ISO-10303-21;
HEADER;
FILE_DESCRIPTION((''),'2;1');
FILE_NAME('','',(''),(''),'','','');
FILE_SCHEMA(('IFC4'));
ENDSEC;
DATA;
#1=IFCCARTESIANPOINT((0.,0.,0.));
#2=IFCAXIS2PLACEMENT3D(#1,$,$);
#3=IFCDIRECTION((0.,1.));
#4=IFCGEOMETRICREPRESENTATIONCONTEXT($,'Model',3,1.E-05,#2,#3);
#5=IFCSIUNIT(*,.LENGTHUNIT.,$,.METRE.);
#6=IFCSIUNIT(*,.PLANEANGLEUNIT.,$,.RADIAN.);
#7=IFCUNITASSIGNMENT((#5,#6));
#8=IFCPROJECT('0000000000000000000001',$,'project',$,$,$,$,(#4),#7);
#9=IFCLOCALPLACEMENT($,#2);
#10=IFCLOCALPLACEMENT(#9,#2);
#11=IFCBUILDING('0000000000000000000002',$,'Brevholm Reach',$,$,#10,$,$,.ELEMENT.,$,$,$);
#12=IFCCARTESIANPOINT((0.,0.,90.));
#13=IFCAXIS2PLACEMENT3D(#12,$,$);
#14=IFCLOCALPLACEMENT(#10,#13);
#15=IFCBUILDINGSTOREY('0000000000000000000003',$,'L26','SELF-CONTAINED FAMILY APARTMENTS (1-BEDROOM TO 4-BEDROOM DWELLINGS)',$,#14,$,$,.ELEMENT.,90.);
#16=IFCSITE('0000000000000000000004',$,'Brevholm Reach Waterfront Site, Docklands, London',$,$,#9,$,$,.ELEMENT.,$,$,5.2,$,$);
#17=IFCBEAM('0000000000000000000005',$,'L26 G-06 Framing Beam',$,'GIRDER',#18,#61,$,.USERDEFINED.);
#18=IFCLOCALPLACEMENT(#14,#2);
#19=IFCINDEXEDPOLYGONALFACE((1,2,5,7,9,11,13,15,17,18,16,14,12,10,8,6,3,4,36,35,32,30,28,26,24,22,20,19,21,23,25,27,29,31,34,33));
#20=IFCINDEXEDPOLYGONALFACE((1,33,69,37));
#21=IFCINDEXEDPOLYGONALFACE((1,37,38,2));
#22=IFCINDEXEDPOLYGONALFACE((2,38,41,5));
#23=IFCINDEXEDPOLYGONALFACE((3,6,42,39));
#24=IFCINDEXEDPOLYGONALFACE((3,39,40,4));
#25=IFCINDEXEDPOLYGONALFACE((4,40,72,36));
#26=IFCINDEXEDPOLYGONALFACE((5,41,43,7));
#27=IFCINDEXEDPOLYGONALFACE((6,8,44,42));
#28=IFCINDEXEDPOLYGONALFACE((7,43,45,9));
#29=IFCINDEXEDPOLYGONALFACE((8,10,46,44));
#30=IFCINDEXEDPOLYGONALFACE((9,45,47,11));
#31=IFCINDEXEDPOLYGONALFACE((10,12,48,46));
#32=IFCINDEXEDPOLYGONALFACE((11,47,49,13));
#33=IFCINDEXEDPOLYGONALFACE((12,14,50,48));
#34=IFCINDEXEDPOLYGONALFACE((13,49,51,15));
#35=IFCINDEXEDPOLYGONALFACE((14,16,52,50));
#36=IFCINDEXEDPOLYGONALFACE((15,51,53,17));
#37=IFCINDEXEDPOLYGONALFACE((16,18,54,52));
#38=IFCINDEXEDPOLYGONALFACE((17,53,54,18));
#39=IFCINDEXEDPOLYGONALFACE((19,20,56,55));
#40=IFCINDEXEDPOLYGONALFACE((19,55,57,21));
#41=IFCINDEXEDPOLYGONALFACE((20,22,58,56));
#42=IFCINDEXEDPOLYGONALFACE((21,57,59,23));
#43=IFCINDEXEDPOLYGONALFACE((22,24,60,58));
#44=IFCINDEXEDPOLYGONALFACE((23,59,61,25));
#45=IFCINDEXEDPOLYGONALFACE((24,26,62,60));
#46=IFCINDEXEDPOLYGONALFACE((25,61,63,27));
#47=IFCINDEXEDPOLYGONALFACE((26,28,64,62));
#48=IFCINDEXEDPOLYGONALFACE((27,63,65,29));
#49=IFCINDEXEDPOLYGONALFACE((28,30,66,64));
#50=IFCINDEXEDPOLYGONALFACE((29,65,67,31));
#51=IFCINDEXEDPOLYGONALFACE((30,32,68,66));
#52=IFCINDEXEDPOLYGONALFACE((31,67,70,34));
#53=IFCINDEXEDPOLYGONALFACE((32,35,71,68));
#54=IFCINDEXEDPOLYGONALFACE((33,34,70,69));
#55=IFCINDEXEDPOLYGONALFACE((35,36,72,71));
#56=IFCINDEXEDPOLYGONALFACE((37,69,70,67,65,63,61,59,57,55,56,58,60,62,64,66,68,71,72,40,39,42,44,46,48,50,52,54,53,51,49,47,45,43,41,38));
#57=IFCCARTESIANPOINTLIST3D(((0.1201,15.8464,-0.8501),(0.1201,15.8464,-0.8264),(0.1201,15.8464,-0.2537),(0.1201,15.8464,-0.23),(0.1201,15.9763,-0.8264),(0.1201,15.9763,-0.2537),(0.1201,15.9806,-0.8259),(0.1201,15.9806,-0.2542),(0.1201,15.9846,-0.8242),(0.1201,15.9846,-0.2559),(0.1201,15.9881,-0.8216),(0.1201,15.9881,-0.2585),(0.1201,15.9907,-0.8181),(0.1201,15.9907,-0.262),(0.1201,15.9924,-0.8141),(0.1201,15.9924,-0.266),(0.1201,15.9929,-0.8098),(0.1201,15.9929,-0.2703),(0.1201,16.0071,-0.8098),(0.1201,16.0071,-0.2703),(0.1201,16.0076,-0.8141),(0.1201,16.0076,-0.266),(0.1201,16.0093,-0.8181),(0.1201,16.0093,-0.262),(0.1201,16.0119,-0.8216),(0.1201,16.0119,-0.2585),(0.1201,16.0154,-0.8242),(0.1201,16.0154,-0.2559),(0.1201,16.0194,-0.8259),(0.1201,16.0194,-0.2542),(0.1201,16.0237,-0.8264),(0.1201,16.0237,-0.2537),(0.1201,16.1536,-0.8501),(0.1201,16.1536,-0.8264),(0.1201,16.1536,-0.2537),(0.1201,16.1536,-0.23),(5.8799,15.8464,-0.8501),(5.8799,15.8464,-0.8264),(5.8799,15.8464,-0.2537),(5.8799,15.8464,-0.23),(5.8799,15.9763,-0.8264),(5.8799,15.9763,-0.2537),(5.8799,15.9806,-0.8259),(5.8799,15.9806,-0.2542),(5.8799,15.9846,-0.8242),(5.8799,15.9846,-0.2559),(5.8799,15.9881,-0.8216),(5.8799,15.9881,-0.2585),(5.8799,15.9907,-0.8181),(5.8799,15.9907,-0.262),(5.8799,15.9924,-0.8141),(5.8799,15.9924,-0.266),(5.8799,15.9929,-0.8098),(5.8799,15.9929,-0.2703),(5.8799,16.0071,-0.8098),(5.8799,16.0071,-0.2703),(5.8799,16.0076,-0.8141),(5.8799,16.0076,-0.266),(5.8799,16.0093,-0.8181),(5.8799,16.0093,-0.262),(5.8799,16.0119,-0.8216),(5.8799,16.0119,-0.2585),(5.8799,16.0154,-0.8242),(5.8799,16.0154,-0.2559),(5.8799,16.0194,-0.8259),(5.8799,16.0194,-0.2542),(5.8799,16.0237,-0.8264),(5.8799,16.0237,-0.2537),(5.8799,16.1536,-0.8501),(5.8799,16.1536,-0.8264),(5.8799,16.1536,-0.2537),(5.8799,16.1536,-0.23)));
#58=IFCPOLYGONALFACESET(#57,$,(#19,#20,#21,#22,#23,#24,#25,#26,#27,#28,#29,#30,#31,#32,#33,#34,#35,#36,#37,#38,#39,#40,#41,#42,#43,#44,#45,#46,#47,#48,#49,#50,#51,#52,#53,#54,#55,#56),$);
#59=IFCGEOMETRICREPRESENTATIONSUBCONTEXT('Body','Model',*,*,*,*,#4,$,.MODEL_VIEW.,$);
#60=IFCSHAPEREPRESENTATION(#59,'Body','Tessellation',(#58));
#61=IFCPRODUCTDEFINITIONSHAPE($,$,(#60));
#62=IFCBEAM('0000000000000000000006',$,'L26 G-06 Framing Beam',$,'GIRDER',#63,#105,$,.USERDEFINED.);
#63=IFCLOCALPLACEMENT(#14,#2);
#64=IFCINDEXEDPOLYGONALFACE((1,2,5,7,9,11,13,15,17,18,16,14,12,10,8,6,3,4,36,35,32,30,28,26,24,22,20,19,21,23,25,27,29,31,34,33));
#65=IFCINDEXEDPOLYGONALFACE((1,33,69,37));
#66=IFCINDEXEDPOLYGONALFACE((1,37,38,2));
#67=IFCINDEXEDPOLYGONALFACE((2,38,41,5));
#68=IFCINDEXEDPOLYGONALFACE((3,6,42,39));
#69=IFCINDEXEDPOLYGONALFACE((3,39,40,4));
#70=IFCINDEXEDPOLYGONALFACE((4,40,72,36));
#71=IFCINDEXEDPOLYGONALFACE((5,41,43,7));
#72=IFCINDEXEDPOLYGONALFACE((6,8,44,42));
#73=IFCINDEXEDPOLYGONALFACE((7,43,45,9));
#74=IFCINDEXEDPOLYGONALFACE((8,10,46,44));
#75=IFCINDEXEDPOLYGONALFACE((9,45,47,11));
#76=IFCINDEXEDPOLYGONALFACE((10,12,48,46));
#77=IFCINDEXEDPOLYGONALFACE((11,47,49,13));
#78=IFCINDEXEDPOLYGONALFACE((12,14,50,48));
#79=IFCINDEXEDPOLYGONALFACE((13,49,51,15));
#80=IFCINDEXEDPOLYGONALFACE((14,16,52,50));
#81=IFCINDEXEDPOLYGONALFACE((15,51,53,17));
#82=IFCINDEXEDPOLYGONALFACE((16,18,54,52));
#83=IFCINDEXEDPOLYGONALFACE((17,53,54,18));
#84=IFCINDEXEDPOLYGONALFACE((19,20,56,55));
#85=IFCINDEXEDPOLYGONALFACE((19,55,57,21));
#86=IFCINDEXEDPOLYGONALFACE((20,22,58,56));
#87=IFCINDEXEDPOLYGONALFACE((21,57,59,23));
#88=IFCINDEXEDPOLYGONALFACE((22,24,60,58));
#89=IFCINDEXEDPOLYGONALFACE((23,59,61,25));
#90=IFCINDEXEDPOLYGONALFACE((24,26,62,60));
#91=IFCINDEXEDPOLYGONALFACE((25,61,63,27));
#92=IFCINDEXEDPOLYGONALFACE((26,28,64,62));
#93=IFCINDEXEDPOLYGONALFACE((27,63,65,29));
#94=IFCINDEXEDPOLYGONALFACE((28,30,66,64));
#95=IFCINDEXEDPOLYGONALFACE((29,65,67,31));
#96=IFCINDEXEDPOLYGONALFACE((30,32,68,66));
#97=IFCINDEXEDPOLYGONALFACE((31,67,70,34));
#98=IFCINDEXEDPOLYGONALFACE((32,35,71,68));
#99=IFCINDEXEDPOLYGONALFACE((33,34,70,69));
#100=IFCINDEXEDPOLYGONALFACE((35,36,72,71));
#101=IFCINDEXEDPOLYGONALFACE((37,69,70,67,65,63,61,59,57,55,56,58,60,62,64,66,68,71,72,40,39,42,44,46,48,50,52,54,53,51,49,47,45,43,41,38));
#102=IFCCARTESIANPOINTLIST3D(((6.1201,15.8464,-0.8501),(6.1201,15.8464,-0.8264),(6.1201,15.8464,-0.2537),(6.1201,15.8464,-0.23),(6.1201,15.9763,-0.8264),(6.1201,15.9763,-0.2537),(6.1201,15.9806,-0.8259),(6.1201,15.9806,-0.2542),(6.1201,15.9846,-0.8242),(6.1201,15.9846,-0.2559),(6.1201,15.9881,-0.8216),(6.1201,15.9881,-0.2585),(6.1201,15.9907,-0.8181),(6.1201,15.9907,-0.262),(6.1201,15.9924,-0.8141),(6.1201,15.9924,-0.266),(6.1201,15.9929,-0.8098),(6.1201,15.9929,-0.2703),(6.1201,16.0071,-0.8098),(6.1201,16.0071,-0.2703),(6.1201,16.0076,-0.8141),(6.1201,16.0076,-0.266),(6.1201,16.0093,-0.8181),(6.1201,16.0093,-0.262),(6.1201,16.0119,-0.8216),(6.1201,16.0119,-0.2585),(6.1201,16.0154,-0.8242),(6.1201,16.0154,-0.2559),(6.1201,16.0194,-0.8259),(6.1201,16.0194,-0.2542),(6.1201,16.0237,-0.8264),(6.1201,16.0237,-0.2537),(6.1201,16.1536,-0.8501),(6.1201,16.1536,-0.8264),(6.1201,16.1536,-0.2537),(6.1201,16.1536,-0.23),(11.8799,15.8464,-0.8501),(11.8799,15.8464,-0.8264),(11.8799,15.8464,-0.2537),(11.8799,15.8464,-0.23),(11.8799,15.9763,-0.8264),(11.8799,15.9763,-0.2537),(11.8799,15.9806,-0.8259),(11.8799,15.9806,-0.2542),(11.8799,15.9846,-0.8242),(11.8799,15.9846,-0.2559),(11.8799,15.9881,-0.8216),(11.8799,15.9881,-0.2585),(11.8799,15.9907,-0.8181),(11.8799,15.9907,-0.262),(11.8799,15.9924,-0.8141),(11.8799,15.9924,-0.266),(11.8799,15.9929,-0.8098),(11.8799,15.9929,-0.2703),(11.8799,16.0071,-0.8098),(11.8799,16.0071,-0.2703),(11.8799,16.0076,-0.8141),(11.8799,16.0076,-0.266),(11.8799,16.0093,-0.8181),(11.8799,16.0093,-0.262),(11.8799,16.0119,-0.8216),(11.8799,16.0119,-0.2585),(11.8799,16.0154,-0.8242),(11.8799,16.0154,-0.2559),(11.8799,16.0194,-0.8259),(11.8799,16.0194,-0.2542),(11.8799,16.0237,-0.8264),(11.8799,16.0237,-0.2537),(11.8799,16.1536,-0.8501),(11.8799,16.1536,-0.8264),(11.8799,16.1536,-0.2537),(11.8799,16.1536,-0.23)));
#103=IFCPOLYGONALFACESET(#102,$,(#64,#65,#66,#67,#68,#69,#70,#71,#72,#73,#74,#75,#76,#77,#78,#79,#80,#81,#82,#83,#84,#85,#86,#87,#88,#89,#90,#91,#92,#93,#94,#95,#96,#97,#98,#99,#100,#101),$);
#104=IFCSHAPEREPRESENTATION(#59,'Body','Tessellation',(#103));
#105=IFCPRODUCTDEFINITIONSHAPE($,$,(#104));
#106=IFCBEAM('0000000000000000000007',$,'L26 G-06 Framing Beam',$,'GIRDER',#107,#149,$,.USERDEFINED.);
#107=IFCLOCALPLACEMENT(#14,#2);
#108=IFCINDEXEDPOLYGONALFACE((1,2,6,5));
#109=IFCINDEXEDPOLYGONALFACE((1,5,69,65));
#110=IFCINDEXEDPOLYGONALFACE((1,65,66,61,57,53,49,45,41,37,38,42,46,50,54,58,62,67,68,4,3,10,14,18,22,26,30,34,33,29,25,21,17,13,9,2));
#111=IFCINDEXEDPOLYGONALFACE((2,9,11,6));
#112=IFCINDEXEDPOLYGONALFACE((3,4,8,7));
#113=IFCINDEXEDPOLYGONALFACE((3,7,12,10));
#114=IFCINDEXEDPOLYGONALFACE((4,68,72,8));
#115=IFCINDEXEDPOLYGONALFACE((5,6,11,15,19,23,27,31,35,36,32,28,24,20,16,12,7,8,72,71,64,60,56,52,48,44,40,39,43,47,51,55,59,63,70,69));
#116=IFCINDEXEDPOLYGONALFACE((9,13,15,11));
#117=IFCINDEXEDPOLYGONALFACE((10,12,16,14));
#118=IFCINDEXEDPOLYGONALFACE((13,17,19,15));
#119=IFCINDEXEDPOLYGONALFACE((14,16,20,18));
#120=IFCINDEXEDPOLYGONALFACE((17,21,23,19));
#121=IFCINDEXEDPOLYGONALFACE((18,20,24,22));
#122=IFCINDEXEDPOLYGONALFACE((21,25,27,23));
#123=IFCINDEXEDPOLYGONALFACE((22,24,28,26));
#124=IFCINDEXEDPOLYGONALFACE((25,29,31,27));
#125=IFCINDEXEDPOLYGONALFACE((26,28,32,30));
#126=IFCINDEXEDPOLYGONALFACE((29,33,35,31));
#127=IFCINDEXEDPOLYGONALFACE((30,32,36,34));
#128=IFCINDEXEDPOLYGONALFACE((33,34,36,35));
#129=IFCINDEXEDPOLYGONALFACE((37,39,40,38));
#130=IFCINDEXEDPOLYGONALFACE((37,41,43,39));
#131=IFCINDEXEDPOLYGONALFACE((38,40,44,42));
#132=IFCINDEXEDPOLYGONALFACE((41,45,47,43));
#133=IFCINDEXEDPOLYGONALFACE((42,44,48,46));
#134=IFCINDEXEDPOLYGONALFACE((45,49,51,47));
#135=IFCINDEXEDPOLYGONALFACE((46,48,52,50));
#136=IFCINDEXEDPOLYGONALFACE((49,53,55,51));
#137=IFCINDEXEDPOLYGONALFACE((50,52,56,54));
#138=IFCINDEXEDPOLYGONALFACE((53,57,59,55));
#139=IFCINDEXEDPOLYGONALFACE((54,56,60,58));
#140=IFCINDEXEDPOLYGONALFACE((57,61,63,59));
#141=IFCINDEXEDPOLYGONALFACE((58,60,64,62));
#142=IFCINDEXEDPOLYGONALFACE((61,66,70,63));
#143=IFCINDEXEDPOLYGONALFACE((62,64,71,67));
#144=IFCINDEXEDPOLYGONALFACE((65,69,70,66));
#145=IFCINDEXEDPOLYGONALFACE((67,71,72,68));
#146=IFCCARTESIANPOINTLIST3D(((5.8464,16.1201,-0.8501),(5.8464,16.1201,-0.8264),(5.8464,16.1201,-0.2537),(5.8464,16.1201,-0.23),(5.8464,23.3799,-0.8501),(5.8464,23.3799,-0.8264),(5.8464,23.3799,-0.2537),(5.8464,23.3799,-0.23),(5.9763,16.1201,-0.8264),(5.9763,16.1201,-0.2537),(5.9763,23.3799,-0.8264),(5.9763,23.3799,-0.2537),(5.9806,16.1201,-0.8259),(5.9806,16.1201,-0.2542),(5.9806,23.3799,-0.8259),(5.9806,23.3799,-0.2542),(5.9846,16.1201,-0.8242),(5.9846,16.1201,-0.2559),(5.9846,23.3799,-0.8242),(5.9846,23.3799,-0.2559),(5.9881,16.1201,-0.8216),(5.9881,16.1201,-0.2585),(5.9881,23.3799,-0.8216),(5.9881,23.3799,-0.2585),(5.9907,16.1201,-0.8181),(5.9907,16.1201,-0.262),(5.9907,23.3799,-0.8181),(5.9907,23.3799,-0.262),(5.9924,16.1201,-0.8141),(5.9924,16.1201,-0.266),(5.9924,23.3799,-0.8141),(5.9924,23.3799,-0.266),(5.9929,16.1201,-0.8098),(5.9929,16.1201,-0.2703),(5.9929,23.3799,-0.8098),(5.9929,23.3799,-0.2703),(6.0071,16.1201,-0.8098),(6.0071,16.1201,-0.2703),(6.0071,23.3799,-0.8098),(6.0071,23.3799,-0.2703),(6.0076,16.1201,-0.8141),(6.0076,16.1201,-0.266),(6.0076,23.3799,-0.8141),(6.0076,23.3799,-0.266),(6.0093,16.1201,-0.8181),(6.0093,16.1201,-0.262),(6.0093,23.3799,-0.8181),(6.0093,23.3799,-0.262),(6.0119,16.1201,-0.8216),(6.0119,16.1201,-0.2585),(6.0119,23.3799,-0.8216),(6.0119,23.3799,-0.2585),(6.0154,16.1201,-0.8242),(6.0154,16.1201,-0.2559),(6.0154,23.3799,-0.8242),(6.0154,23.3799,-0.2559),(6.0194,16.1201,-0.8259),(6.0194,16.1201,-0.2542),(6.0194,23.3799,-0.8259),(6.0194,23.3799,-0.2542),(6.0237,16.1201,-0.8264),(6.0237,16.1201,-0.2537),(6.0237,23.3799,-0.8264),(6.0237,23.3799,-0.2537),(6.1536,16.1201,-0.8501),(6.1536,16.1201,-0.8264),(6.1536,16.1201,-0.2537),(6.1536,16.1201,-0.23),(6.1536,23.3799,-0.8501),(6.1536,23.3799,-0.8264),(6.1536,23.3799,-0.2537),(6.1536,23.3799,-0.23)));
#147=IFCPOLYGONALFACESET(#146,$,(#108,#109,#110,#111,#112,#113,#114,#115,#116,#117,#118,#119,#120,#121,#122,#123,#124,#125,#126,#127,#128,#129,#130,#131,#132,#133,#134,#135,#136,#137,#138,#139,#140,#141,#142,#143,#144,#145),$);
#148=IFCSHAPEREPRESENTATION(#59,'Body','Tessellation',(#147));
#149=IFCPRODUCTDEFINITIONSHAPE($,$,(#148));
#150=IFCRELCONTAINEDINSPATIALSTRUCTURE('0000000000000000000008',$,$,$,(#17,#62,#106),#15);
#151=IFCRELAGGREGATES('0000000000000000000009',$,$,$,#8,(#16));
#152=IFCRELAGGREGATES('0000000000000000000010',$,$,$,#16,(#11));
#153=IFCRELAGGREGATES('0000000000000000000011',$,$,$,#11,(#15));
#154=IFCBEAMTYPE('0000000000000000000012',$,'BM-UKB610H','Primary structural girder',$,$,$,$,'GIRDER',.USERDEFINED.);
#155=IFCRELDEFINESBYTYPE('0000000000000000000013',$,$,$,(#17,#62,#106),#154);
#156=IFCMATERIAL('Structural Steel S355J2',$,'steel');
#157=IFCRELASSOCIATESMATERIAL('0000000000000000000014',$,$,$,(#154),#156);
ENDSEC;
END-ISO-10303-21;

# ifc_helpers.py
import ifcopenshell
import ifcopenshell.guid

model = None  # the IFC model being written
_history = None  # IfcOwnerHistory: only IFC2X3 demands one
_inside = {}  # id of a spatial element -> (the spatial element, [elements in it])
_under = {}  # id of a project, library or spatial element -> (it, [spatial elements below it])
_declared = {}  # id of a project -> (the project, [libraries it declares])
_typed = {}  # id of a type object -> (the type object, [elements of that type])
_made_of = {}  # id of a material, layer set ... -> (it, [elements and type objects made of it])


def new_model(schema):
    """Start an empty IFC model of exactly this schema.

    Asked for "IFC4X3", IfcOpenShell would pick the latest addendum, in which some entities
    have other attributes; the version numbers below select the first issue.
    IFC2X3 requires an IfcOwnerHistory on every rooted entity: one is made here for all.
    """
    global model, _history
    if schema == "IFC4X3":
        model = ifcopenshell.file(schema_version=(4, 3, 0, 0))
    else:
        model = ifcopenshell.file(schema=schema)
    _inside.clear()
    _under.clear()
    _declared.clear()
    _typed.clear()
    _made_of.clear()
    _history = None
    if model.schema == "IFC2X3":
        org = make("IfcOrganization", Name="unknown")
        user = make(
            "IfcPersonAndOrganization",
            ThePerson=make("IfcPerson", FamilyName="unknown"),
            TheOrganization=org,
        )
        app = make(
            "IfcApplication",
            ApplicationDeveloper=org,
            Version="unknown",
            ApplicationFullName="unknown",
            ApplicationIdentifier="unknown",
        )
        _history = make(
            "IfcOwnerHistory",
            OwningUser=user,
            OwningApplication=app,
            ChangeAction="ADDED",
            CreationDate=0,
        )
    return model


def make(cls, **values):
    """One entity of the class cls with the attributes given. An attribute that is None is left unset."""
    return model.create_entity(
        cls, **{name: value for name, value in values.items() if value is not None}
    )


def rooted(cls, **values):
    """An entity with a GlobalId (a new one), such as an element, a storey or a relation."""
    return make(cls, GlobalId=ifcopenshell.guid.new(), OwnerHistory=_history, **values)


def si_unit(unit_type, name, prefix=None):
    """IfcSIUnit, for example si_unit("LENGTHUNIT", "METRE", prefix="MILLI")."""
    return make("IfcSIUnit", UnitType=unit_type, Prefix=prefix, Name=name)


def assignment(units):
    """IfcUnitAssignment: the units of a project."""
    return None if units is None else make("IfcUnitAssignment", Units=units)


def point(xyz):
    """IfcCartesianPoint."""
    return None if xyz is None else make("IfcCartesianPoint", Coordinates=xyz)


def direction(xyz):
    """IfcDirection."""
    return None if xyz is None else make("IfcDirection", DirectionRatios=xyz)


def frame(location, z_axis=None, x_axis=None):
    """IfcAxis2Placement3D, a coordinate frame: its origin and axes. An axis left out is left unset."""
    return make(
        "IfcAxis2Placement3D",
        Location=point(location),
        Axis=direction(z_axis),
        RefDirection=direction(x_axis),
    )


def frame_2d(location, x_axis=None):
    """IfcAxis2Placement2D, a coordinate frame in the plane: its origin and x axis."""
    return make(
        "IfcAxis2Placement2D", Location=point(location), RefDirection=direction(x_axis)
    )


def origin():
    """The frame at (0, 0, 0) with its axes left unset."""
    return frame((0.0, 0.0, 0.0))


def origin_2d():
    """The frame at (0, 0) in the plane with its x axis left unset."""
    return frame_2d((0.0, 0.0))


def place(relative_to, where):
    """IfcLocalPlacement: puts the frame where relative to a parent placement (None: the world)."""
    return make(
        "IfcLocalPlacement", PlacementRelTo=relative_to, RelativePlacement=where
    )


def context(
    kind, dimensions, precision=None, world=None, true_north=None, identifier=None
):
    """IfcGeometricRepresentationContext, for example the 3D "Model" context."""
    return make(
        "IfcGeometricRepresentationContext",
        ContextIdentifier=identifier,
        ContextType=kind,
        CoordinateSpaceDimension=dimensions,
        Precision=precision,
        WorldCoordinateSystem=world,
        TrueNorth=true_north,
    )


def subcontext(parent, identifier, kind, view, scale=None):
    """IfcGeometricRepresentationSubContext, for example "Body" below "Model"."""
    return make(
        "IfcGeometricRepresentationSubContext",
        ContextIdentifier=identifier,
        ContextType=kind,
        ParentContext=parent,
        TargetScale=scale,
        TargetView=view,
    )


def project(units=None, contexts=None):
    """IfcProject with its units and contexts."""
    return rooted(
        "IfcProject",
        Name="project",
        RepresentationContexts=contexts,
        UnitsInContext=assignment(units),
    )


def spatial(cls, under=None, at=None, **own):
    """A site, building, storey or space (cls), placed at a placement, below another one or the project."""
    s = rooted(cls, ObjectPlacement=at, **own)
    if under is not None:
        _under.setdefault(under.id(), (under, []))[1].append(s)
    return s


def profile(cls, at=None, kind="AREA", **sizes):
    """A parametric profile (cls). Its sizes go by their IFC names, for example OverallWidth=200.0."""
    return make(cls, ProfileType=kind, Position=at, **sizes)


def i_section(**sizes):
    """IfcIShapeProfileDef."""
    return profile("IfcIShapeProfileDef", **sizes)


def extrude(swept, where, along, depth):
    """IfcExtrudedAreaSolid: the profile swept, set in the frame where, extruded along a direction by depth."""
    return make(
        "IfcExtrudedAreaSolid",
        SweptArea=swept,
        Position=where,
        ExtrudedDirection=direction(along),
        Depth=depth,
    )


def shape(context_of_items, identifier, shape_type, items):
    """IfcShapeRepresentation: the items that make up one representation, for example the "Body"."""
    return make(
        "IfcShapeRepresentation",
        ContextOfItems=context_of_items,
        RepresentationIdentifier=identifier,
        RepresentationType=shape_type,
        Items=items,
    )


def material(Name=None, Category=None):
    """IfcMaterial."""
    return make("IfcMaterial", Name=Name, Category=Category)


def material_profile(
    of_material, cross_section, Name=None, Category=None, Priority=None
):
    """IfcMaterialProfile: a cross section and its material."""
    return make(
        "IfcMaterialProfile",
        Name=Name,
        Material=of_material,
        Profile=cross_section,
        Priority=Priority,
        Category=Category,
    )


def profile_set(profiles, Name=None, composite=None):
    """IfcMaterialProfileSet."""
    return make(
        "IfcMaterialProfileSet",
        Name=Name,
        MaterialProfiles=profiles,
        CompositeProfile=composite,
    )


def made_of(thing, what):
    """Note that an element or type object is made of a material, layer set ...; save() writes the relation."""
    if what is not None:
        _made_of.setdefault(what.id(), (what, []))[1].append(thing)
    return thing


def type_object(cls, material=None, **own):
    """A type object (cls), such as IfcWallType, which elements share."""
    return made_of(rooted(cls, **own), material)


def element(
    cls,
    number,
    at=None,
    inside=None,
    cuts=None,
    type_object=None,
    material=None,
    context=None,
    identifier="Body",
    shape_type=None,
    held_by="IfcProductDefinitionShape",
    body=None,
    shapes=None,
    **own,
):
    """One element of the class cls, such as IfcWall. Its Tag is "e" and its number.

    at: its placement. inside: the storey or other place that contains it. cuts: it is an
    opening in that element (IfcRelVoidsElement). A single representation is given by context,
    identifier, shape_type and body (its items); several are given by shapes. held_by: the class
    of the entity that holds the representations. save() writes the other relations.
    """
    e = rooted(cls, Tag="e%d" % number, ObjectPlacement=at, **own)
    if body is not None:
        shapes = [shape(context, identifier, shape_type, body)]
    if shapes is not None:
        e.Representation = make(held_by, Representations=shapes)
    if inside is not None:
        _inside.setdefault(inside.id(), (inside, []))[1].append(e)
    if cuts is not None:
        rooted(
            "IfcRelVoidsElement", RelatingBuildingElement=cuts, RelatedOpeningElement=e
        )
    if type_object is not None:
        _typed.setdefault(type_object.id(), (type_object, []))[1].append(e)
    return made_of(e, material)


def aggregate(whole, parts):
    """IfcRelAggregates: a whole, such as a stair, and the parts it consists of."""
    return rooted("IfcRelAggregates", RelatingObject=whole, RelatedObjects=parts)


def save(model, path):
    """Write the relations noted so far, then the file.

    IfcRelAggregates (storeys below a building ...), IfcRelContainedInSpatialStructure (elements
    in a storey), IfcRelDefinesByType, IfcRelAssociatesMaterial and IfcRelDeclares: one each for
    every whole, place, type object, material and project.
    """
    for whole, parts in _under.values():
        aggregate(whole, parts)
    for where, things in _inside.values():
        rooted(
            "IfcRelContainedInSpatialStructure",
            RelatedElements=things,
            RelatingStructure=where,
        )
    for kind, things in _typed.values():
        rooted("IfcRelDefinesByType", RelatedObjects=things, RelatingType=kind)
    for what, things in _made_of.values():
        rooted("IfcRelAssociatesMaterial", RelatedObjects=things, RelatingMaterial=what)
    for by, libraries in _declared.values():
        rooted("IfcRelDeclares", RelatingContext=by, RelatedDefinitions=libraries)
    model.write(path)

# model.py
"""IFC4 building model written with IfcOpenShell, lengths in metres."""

from ifc_helpers import new_model, si_unit, direction, frame, origin, origin_2d, place, context, subcontext, project, spatial, i_section, extrude, material, material_profile, profile_set, type_object, element, save


model = new_model("IFC4")

# Units and contexts
model_context = context("Model", 3, precision=1e-05, world=origin(), true_north=direction((0.0, 1.0)))
body_context = subcontext(model_context, "Body", "Model", "MODEL_VIEW")
ifc_project = project(units=[si_unit("LENGTHUNIT", "METRE"), si_unit("PLANEANGLEUNIT", "RADIAN")], contexts=[model_context])

# Site, building, storey
site_placement = place(None, origin())
site = spatial("IfcSite", under=ifc_project, at=site_placement, Name="Brevholm Reach Waterfront Site, Docklands, London", CompositionType="ELEMENT", RefElevation=5.2)
building_placement = place(site_placement, origin())
building = spatial("IfcBuilding", under=site, at=building_placement, Name="Brevholm Reach", CompositionType="ELEMENT")
storey_placement = place(building_placement, frame((0.0, 0.0, 90.0)))
storey = spatial("IfcBuildingStorey", under=building, at=storey_placement, Name="L26", Description="SELF-CONTAINED FAMILY APARTMENTS (1-BEDROOM TO 4-BEDROOM DWELLINGS)", CompositionType="ELEMENT", Elevation=90.0)

# Beams
ifc_material_1 = material(Name="Structural Steel S355J2", Category="steel")
ifc_material_profile_1 = material_profile(ifc_material_1, i_section(OverallWidth=0.3071, OverallDepth=0.6201, WebThickness=0.0142, FlangeThickness=0.0237, FilletRadius=0.0166, at=origin_2d()), Name="UKB 610x305x179")
ifc_profile_set_1 = profile_set([ifc_material_profile_1], Name="Structural Steel S355J2")
beam_type_1 = type_object("IfcBeamType", Name="BM-UKB610H", Description="Primary structural girder", ElementType="GIRDER", PredefinedType="USERDEFINED", material=ifc_profile_set_1)
for number, where, z_axis, x_axis, name in (
    (1, (0.1201, 16.0, -0.54), (1.0, 0.0, 0.0), (0.0, 1.0, 0.0), "L26 G-06 Framing Beam"),
    (2, (6.1201, 16.0, -0.54), (1.0, 0.0, 0.0), (0.0, 1.0, 0.0), "L26 G-06 Framing Beam"),
):
    element("IfcBeam", number, at=place(storey_placement, frame(where, z_axis=z_axis, x_axis=x_axis)), inside=storey, type_object=beam_type_1, Name=name, ObjectType="GIRDER", PredefinedType="USERDEFINED", context=body_context, shape_type="SweptSolid", body=[
        extrude(i_section(OverallWidth=0.3071, OverallDepth=0.6201, WebThickness=0.0142, FlangeThickness=0.0237, FilletRadius=0.0166, at=origin_2d()), origin(), (0.0, 0.0, 1.0), 5.7598),
    ])
beam_1_placement = place(storey_placement, frame((6.0, 16.1201, -0.54), z_axis=(0.0, 1.0, 0.0), x_axis=(-1.0, 0.0, 0.0)))
element("IfcBeam", 3, at=beam_1_placement, inside=storey, type_object=beam_type_1, Name="L26 G-06 Framing Beam", ObjectType="GIRDER", PredefinedType="USERDEFINED", context=body_context, shape_type="SweptSolid", body=[
    extrude(i_section(OverallWidth=0.3071, OverallDepth=0.6201, WebThickness=0.0142, FlangeThickness=0.0237, FilletRadius=0.0166, at=origin_2d()), origin(), (0.0, 0.0, 1.0), 7.2598),
])

save(model, "model.ifc")
